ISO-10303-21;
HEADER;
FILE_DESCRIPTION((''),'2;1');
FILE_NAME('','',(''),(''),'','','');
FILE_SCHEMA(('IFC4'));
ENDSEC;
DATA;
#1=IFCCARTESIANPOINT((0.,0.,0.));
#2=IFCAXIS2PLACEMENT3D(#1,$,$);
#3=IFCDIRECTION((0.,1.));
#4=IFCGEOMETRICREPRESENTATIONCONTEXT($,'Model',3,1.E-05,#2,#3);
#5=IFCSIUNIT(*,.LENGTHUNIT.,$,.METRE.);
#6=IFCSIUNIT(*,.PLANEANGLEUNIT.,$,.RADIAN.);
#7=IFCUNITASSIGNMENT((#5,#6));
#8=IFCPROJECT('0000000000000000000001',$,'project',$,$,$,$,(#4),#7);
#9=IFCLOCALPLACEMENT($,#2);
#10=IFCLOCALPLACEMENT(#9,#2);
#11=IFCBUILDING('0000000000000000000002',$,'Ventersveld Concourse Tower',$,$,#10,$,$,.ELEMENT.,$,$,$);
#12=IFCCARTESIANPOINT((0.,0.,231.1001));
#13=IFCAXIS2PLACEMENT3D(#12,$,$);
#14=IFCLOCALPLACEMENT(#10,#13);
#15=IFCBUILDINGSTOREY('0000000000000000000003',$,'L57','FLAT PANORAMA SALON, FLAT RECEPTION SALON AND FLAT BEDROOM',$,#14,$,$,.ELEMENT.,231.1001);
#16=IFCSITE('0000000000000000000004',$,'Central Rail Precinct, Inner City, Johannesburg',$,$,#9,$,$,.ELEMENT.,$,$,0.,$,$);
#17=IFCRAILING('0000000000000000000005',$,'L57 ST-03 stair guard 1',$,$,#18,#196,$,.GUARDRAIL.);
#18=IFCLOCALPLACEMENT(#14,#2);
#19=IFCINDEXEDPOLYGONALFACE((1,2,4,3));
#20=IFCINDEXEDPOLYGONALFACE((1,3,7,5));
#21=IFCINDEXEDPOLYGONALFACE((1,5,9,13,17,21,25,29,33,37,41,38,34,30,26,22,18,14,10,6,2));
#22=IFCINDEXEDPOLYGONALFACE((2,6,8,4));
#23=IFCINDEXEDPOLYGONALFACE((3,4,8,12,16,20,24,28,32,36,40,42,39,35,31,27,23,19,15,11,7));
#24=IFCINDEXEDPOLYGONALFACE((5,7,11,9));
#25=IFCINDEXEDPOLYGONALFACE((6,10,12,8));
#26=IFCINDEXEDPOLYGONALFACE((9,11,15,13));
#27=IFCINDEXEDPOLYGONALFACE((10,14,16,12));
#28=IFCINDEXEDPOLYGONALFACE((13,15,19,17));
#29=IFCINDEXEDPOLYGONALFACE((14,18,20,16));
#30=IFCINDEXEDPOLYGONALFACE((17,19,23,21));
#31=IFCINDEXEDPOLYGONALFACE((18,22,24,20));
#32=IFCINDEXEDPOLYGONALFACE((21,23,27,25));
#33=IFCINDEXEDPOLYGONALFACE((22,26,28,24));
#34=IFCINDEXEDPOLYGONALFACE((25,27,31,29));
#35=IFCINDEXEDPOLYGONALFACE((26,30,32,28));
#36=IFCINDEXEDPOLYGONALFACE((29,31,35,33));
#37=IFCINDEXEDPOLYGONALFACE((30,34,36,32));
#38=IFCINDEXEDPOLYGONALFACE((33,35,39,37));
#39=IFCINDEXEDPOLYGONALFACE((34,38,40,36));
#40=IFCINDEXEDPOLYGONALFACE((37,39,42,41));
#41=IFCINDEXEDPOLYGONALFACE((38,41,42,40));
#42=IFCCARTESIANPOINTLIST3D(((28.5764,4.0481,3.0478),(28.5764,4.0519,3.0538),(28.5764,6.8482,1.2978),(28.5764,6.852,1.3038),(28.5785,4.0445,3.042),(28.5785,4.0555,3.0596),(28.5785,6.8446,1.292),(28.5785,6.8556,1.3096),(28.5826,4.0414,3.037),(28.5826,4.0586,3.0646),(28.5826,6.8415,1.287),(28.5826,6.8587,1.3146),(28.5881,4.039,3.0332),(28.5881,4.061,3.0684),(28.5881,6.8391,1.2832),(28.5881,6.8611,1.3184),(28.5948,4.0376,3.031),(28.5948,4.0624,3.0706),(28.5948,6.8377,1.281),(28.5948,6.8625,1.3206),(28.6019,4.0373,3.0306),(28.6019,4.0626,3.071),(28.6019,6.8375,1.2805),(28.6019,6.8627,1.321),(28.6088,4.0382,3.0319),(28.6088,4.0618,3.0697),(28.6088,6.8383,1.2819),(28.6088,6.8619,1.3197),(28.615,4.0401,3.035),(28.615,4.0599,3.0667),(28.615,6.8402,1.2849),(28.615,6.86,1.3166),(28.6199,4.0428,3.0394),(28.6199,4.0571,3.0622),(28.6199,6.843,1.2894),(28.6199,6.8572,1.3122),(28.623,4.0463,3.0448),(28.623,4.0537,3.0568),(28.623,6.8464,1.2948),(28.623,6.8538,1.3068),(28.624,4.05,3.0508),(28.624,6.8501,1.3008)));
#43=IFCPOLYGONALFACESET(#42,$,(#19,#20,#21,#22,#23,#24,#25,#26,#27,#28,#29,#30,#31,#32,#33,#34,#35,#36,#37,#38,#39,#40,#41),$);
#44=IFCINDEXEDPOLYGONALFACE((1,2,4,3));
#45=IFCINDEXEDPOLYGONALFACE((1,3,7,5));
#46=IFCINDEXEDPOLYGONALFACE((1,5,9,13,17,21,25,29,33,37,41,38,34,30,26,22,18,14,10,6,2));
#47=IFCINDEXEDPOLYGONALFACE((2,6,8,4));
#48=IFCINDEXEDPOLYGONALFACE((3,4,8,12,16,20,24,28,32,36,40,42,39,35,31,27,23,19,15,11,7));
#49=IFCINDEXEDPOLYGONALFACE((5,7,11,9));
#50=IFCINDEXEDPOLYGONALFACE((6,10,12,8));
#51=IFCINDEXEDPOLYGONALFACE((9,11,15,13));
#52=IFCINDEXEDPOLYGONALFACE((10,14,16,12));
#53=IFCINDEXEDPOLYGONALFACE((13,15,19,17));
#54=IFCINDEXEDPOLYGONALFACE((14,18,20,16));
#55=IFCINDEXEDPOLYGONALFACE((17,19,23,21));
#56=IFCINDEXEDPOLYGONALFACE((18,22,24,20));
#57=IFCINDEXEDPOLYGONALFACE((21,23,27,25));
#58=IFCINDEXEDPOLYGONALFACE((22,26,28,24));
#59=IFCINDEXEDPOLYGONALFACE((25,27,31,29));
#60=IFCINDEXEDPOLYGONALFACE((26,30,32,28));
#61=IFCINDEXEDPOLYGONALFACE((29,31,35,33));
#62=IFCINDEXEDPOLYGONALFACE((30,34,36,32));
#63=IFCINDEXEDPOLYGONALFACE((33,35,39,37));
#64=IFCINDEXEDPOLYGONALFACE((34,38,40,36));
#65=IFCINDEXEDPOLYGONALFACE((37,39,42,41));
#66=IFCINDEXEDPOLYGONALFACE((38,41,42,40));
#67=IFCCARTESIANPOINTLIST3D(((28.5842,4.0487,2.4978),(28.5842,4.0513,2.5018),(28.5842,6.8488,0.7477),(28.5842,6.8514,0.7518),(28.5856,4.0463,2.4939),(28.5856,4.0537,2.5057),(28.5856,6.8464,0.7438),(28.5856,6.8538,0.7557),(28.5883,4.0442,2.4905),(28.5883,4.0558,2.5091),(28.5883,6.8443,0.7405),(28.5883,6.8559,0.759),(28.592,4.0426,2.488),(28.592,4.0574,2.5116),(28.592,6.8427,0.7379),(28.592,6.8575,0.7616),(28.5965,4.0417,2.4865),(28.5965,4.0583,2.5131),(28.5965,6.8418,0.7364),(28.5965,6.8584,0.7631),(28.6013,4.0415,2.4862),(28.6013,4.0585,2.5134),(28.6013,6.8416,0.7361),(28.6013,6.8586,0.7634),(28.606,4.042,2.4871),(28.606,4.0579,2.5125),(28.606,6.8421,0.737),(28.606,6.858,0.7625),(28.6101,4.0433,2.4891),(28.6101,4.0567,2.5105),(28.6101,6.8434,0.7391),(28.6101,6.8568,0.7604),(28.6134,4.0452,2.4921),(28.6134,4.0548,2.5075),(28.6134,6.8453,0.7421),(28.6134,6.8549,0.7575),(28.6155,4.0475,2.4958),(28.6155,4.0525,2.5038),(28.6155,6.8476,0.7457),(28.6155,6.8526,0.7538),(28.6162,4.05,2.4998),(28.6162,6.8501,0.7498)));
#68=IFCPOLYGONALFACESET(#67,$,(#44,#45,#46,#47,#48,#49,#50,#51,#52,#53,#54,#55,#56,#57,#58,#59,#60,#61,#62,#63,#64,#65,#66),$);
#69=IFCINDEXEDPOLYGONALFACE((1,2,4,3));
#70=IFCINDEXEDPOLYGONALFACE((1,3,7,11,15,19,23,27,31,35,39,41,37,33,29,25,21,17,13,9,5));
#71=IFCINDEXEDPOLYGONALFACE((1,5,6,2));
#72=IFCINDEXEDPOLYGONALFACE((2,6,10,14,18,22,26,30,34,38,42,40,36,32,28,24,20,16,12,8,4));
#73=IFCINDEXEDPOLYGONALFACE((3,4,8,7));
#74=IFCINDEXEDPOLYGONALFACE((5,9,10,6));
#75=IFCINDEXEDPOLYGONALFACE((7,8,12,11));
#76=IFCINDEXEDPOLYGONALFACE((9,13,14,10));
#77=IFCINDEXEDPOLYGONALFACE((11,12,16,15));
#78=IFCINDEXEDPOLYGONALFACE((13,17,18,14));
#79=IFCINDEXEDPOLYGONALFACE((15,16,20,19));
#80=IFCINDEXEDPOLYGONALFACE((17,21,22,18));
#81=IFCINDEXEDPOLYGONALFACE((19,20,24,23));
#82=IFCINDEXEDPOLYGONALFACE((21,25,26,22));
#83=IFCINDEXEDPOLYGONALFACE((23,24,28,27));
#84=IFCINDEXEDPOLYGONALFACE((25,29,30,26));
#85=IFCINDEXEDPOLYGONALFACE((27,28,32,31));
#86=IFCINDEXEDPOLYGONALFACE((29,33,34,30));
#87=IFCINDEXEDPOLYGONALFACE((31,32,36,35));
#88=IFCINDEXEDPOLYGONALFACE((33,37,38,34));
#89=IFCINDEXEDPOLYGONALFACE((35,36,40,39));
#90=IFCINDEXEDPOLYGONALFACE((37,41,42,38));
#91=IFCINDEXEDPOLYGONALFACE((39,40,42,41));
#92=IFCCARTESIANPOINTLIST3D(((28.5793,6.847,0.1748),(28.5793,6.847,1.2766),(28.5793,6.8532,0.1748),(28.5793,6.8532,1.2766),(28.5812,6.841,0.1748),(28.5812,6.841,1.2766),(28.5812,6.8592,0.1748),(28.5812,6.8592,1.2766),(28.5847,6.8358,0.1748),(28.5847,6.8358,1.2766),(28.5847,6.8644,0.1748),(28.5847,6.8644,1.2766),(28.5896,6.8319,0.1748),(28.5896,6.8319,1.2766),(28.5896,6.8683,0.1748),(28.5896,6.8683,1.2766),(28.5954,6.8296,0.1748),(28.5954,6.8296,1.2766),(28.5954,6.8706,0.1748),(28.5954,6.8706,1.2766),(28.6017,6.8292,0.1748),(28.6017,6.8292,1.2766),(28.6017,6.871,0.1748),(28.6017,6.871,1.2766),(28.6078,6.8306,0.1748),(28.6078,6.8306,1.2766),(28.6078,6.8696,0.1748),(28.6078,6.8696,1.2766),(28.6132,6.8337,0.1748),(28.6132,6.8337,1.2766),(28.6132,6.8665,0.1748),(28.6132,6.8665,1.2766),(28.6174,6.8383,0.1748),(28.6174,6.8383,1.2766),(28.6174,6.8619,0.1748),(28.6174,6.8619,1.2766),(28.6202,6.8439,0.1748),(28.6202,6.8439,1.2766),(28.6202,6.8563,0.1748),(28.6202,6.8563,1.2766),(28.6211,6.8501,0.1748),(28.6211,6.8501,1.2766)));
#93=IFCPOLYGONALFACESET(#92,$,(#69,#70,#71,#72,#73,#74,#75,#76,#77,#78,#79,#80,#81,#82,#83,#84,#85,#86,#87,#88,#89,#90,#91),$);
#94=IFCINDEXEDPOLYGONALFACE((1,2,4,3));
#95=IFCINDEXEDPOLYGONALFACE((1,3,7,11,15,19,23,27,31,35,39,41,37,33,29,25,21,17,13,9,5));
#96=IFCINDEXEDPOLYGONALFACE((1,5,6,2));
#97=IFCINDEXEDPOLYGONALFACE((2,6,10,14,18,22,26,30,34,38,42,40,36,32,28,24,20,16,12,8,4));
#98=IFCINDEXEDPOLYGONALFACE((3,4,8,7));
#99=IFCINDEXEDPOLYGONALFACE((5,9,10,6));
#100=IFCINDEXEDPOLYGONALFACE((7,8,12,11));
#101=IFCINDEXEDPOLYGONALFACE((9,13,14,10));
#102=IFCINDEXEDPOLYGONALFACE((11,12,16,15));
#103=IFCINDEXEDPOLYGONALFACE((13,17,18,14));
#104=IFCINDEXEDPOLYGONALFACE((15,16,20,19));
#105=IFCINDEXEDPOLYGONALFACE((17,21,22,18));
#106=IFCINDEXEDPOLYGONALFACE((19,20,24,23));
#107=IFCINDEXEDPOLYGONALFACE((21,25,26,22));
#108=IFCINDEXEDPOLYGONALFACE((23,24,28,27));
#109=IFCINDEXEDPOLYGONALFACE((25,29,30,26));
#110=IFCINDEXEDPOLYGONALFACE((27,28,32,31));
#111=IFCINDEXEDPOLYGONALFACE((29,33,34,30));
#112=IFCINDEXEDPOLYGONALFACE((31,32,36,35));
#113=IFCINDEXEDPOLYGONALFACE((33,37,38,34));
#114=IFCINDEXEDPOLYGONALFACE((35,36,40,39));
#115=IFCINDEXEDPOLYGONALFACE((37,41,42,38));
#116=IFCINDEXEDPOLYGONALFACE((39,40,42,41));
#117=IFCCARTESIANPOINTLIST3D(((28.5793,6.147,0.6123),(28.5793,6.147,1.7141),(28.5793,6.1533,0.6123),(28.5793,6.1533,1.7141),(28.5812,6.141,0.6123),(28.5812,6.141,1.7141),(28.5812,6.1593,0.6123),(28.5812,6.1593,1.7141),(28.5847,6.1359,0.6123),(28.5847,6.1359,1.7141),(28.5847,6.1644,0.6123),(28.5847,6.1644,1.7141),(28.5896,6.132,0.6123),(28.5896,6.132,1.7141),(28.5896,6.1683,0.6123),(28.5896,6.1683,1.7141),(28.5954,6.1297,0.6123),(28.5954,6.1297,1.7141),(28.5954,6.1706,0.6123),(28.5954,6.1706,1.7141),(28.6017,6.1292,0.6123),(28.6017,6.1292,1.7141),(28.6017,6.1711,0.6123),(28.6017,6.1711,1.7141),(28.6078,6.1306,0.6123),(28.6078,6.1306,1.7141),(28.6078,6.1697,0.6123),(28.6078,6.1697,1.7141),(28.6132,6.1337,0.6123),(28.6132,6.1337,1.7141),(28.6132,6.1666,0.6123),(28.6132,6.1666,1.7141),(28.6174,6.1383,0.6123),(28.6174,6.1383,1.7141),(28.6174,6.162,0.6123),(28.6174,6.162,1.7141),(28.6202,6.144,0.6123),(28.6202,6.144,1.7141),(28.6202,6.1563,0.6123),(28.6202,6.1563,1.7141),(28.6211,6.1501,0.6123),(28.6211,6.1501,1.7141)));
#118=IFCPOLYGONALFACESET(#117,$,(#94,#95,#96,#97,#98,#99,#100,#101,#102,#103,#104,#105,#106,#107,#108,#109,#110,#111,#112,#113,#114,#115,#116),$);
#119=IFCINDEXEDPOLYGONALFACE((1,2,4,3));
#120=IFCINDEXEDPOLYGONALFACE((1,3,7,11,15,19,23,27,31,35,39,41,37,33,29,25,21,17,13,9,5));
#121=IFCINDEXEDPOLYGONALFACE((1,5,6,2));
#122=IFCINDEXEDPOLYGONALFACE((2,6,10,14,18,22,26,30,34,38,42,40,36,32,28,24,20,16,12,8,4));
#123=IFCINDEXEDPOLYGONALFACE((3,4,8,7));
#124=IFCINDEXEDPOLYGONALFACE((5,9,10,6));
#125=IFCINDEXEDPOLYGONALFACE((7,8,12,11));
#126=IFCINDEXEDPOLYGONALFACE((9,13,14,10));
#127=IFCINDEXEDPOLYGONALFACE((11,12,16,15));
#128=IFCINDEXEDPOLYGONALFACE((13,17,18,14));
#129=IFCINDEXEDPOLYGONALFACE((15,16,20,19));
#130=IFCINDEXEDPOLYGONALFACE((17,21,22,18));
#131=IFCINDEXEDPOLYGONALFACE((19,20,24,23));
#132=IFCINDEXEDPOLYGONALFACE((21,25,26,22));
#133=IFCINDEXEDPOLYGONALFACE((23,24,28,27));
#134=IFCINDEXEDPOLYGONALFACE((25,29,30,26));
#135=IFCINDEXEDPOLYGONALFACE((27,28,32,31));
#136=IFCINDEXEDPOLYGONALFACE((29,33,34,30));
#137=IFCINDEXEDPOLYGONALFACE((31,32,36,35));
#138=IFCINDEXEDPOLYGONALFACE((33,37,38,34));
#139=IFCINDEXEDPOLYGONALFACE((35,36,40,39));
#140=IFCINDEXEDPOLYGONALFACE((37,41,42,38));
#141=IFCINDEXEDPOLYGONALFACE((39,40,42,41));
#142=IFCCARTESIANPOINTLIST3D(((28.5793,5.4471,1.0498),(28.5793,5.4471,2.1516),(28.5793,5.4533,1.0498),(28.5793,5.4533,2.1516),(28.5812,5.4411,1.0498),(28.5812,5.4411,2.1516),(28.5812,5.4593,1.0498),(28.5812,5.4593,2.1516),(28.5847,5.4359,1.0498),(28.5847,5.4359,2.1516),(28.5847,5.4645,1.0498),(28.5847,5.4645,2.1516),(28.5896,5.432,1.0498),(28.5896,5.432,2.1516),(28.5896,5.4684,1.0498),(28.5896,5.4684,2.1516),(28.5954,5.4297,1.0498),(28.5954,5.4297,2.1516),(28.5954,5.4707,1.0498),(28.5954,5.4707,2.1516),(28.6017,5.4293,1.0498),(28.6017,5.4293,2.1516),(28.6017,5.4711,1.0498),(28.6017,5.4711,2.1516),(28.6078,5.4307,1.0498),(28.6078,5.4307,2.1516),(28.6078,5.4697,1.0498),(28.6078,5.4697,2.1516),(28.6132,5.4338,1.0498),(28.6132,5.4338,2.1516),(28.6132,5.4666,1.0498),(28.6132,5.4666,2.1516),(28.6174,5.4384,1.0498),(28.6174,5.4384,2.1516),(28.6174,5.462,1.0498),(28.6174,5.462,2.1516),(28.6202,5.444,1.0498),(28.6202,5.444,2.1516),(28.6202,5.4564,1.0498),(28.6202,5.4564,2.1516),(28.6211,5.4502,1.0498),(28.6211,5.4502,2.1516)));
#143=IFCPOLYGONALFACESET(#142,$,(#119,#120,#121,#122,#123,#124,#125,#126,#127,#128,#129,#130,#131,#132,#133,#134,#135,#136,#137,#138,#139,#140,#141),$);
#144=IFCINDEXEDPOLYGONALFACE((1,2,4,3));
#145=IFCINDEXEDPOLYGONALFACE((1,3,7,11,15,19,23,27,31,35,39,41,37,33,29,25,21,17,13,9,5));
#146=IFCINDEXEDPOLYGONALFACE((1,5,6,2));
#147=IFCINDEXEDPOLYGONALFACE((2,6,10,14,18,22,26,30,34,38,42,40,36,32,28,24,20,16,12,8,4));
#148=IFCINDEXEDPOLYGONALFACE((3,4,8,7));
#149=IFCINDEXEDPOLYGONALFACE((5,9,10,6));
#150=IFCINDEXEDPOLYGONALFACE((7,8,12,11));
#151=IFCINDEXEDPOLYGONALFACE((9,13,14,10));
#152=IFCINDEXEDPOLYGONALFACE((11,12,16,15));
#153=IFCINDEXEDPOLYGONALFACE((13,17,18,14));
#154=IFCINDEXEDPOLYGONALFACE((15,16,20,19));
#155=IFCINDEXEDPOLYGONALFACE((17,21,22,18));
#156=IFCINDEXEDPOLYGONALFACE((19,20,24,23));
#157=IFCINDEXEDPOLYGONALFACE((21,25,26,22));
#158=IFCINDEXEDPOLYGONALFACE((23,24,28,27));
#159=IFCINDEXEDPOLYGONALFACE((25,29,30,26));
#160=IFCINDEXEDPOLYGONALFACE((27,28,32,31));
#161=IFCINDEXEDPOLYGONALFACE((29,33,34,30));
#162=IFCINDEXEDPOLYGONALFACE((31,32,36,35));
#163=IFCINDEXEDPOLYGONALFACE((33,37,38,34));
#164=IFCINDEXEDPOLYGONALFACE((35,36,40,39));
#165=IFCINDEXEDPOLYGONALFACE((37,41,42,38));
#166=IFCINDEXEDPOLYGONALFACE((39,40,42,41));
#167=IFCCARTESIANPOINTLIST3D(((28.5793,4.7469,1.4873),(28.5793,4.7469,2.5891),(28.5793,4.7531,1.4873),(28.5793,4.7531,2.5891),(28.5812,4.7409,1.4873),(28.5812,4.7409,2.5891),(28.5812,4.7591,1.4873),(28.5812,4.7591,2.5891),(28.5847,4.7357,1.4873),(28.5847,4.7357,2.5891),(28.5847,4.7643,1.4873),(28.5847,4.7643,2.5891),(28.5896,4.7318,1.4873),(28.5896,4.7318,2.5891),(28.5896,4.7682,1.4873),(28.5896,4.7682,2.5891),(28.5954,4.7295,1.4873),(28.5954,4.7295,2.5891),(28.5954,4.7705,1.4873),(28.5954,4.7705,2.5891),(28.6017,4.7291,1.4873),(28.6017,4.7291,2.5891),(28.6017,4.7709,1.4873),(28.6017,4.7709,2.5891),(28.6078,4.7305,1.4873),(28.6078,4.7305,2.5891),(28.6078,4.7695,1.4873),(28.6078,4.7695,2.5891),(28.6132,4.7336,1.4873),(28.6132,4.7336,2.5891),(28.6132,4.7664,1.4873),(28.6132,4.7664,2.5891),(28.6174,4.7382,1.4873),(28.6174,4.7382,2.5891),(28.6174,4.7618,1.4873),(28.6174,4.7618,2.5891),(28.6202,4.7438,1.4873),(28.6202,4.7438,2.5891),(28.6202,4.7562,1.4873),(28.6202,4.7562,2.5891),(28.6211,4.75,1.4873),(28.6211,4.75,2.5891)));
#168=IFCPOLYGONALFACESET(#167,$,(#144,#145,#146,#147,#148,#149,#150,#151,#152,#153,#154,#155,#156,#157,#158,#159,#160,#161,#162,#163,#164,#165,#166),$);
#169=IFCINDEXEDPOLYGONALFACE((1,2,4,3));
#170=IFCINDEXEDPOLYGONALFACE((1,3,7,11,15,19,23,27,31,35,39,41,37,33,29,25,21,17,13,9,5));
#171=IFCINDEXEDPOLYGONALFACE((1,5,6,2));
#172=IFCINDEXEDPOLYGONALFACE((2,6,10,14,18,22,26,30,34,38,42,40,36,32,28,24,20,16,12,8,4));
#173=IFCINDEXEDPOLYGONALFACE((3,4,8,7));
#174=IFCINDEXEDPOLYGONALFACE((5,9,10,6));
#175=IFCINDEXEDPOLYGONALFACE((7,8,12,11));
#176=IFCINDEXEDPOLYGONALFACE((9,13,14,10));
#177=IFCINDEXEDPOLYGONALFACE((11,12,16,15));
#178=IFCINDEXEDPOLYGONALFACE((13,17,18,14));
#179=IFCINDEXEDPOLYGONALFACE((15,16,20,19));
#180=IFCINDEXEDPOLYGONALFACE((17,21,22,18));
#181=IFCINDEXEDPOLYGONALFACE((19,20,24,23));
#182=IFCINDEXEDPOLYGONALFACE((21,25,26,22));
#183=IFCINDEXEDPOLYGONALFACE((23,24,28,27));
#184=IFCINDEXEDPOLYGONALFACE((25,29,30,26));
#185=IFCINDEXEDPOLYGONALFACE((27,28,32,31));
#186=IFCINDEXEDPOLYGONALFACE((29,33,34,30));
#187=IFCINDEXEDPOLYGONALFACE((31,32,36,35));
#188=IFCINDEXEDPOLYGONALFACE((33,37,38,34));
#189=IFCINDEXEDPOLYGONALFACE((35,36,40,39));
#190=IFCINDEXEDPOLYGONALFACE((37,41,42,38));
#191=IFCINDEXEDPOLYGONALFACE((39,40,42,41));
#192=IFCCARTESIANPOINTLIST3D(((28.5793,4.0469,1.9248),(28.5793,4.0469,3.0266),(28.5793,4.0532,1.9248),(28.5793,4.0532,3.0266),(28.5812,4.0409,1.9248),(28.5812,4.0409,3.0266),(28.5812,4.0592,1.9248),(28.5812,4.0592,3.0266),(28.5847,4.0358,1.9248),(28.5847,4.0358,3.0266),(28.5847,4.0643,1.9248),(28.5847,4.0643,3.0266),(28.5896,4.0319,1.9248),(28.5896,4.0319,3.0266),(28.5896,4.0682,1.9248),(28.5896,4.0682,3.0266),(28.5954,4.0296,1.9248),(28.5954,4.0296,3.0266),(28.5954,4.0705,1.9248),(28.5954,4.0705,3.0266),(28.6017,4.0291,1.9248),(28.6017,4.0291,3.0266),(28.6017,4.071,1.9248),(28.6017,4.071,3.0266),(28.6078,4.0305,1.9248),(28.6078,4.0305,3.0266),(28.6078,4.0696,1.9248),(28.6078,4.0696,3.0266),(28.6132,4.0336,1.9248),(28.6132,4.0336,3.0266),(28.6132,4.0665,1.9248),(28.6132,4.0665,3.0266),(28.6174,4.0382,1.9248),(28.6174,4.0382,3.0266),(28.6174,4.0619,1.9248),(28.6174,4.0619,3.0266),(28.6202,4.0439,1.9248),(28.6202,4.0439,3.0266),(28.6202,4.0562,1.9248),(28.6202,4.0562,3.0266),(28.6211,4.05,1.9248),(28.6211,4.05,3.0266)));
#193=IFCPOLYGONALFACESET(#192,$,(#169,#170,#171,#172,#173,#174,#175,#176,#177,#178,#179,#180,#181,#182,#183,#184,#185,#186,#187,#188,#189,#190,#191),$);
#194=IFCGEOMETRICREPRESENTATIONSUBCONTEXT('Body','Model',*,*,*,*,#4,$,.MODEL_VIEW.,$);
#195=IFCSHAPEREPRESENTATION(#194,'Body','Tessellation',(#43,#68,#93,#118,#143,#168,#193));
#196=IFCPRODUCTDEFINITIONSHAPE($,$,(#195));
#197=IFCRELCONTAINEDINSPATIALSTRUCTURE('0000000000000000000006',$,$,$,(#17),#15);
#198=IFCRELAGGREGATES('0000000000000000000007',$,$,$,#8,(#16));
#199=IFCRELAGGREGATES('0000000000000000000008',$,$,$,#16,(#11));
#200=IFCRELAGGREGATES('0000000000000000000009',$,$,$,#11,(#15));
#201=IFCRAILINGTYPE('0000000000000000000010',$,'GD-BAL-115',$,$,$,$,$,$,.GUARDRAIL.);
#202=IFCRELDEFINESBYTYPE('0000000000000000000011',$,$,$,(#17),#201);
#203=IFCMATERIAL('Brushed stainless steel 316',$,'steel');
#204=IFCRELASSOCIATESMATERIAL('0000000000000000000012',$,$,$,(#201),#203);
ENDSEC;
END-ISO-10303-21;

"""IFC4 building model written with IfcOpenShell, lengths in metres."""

from ifc_helpers import new_model, si_unit, direction, frame, origin, origin_2d, place, context, subcontext, project, spatial, circle, extrude, material, type_object, element, save


model = new_model("IFC4")

# Units and contexts
model_context = context("Model", 3, precision=1e-05, world=origin(), true_north=direction((0.0, 1.0)))
body_context = subcontext(model_context, "Body", "Model", "MODEL_VIEW")
ifc_project = project(units=[si_unit("LENGTHUNIT", "METRE"), si_unit("PLANEANGLEUNIT", "RADIAN")], contexts=[model_context])

# Site, building, storey
site_placement = place(None, origin())
site = spatial("IfcSite", under=ifc_project, at=site_placement, Name="Central Rail Precinct, Inner City, Johannesburg", CompositionType="ELEMENT", RefElevation=0.0)
building_placement = place(site_placement, origin())
building = spatial("IfcBuilding", under=site, at=building_placement, Name="Ventersveld Concourse Tower", CompositionType="ELEMENT")
storey_placement = place(building_placement, frame((0.0, 0.0, 231.1001)))
storey = spatial("IfcBuildingStorey", under=building, at=storey_placement, Name="L57", Description="FLAT PANORAMA SALON, FLAT RECEPTION SALON AND FLAT BEDROOM", CompositionType="ELEMENT", Elevation=231.1001)

# Railing
ifc_material_1 = material(Name="Brushed stainless steel 316", Category="steel")
railing_type_1 = type_object("IfcRailingType", Name="GD-BAL-115", PredefinedType="GUARDRAIL", material=ifc_material_1)
railing_1_placement = place(storey_placement, frame((28.6001, 6.8501, 0.1748)))
element("IfcRailing", 1, at=railing_1_placement, inside=storey, type_object=railing_type_1, Name="L57 ST-03 stair guard 1", PredefinedType="GUARDRAIL", context=body_context, shape_type="SweptSolid", body=[
    extrude(circle(Radius=0.0239, at=origin_2d()), frame((0.0, 0.0, 1.126), z_axis=(0.0, -0.848002, 0.529992), x_axis=(1.0, 0.0, 0.0)), (0.0, 0.0, 1.0), 3.302),
    extrude(circle(Radius=0.0161, at=origin_2d()), frame((0.0, 0.0, 0.575), z_axis=(0.0, -0.848002, 0.529992), x_axis=(1.0, 0.0, 0.0)), (0.0, 0.0, 1.0), 3.302),
    extrude(circle(Radius=0.021, at=origin_2d()), origin(), (0.0, 0.0, 1.0), 1.1018),
    extrude(circle(Radius=0.021, at=origin_2d()), frame((0.0, -0.7, 0.4375)), (0.0, 0.0, 1.0), 1.1018),
    extrude(circle(Radius=0.021, at=origin_2d()), frame((0.0, -1.3999, 0.875)), (0.0, 0.0, 1.0), 1.1018),
    extrude(circle(Radius=0.021, at=origin_2d()), frame((0.0, -2.1001, 1.3125)), (0.0, 0.0, 1.0), 1.1018),
    extrude(circle(Radius=0.021, at=origin_2d()), frame((0.0, -2.8, 1.75)), (0.0, 0.0, 1.0), 1.1018),
])

save(model, "model.ifc")
